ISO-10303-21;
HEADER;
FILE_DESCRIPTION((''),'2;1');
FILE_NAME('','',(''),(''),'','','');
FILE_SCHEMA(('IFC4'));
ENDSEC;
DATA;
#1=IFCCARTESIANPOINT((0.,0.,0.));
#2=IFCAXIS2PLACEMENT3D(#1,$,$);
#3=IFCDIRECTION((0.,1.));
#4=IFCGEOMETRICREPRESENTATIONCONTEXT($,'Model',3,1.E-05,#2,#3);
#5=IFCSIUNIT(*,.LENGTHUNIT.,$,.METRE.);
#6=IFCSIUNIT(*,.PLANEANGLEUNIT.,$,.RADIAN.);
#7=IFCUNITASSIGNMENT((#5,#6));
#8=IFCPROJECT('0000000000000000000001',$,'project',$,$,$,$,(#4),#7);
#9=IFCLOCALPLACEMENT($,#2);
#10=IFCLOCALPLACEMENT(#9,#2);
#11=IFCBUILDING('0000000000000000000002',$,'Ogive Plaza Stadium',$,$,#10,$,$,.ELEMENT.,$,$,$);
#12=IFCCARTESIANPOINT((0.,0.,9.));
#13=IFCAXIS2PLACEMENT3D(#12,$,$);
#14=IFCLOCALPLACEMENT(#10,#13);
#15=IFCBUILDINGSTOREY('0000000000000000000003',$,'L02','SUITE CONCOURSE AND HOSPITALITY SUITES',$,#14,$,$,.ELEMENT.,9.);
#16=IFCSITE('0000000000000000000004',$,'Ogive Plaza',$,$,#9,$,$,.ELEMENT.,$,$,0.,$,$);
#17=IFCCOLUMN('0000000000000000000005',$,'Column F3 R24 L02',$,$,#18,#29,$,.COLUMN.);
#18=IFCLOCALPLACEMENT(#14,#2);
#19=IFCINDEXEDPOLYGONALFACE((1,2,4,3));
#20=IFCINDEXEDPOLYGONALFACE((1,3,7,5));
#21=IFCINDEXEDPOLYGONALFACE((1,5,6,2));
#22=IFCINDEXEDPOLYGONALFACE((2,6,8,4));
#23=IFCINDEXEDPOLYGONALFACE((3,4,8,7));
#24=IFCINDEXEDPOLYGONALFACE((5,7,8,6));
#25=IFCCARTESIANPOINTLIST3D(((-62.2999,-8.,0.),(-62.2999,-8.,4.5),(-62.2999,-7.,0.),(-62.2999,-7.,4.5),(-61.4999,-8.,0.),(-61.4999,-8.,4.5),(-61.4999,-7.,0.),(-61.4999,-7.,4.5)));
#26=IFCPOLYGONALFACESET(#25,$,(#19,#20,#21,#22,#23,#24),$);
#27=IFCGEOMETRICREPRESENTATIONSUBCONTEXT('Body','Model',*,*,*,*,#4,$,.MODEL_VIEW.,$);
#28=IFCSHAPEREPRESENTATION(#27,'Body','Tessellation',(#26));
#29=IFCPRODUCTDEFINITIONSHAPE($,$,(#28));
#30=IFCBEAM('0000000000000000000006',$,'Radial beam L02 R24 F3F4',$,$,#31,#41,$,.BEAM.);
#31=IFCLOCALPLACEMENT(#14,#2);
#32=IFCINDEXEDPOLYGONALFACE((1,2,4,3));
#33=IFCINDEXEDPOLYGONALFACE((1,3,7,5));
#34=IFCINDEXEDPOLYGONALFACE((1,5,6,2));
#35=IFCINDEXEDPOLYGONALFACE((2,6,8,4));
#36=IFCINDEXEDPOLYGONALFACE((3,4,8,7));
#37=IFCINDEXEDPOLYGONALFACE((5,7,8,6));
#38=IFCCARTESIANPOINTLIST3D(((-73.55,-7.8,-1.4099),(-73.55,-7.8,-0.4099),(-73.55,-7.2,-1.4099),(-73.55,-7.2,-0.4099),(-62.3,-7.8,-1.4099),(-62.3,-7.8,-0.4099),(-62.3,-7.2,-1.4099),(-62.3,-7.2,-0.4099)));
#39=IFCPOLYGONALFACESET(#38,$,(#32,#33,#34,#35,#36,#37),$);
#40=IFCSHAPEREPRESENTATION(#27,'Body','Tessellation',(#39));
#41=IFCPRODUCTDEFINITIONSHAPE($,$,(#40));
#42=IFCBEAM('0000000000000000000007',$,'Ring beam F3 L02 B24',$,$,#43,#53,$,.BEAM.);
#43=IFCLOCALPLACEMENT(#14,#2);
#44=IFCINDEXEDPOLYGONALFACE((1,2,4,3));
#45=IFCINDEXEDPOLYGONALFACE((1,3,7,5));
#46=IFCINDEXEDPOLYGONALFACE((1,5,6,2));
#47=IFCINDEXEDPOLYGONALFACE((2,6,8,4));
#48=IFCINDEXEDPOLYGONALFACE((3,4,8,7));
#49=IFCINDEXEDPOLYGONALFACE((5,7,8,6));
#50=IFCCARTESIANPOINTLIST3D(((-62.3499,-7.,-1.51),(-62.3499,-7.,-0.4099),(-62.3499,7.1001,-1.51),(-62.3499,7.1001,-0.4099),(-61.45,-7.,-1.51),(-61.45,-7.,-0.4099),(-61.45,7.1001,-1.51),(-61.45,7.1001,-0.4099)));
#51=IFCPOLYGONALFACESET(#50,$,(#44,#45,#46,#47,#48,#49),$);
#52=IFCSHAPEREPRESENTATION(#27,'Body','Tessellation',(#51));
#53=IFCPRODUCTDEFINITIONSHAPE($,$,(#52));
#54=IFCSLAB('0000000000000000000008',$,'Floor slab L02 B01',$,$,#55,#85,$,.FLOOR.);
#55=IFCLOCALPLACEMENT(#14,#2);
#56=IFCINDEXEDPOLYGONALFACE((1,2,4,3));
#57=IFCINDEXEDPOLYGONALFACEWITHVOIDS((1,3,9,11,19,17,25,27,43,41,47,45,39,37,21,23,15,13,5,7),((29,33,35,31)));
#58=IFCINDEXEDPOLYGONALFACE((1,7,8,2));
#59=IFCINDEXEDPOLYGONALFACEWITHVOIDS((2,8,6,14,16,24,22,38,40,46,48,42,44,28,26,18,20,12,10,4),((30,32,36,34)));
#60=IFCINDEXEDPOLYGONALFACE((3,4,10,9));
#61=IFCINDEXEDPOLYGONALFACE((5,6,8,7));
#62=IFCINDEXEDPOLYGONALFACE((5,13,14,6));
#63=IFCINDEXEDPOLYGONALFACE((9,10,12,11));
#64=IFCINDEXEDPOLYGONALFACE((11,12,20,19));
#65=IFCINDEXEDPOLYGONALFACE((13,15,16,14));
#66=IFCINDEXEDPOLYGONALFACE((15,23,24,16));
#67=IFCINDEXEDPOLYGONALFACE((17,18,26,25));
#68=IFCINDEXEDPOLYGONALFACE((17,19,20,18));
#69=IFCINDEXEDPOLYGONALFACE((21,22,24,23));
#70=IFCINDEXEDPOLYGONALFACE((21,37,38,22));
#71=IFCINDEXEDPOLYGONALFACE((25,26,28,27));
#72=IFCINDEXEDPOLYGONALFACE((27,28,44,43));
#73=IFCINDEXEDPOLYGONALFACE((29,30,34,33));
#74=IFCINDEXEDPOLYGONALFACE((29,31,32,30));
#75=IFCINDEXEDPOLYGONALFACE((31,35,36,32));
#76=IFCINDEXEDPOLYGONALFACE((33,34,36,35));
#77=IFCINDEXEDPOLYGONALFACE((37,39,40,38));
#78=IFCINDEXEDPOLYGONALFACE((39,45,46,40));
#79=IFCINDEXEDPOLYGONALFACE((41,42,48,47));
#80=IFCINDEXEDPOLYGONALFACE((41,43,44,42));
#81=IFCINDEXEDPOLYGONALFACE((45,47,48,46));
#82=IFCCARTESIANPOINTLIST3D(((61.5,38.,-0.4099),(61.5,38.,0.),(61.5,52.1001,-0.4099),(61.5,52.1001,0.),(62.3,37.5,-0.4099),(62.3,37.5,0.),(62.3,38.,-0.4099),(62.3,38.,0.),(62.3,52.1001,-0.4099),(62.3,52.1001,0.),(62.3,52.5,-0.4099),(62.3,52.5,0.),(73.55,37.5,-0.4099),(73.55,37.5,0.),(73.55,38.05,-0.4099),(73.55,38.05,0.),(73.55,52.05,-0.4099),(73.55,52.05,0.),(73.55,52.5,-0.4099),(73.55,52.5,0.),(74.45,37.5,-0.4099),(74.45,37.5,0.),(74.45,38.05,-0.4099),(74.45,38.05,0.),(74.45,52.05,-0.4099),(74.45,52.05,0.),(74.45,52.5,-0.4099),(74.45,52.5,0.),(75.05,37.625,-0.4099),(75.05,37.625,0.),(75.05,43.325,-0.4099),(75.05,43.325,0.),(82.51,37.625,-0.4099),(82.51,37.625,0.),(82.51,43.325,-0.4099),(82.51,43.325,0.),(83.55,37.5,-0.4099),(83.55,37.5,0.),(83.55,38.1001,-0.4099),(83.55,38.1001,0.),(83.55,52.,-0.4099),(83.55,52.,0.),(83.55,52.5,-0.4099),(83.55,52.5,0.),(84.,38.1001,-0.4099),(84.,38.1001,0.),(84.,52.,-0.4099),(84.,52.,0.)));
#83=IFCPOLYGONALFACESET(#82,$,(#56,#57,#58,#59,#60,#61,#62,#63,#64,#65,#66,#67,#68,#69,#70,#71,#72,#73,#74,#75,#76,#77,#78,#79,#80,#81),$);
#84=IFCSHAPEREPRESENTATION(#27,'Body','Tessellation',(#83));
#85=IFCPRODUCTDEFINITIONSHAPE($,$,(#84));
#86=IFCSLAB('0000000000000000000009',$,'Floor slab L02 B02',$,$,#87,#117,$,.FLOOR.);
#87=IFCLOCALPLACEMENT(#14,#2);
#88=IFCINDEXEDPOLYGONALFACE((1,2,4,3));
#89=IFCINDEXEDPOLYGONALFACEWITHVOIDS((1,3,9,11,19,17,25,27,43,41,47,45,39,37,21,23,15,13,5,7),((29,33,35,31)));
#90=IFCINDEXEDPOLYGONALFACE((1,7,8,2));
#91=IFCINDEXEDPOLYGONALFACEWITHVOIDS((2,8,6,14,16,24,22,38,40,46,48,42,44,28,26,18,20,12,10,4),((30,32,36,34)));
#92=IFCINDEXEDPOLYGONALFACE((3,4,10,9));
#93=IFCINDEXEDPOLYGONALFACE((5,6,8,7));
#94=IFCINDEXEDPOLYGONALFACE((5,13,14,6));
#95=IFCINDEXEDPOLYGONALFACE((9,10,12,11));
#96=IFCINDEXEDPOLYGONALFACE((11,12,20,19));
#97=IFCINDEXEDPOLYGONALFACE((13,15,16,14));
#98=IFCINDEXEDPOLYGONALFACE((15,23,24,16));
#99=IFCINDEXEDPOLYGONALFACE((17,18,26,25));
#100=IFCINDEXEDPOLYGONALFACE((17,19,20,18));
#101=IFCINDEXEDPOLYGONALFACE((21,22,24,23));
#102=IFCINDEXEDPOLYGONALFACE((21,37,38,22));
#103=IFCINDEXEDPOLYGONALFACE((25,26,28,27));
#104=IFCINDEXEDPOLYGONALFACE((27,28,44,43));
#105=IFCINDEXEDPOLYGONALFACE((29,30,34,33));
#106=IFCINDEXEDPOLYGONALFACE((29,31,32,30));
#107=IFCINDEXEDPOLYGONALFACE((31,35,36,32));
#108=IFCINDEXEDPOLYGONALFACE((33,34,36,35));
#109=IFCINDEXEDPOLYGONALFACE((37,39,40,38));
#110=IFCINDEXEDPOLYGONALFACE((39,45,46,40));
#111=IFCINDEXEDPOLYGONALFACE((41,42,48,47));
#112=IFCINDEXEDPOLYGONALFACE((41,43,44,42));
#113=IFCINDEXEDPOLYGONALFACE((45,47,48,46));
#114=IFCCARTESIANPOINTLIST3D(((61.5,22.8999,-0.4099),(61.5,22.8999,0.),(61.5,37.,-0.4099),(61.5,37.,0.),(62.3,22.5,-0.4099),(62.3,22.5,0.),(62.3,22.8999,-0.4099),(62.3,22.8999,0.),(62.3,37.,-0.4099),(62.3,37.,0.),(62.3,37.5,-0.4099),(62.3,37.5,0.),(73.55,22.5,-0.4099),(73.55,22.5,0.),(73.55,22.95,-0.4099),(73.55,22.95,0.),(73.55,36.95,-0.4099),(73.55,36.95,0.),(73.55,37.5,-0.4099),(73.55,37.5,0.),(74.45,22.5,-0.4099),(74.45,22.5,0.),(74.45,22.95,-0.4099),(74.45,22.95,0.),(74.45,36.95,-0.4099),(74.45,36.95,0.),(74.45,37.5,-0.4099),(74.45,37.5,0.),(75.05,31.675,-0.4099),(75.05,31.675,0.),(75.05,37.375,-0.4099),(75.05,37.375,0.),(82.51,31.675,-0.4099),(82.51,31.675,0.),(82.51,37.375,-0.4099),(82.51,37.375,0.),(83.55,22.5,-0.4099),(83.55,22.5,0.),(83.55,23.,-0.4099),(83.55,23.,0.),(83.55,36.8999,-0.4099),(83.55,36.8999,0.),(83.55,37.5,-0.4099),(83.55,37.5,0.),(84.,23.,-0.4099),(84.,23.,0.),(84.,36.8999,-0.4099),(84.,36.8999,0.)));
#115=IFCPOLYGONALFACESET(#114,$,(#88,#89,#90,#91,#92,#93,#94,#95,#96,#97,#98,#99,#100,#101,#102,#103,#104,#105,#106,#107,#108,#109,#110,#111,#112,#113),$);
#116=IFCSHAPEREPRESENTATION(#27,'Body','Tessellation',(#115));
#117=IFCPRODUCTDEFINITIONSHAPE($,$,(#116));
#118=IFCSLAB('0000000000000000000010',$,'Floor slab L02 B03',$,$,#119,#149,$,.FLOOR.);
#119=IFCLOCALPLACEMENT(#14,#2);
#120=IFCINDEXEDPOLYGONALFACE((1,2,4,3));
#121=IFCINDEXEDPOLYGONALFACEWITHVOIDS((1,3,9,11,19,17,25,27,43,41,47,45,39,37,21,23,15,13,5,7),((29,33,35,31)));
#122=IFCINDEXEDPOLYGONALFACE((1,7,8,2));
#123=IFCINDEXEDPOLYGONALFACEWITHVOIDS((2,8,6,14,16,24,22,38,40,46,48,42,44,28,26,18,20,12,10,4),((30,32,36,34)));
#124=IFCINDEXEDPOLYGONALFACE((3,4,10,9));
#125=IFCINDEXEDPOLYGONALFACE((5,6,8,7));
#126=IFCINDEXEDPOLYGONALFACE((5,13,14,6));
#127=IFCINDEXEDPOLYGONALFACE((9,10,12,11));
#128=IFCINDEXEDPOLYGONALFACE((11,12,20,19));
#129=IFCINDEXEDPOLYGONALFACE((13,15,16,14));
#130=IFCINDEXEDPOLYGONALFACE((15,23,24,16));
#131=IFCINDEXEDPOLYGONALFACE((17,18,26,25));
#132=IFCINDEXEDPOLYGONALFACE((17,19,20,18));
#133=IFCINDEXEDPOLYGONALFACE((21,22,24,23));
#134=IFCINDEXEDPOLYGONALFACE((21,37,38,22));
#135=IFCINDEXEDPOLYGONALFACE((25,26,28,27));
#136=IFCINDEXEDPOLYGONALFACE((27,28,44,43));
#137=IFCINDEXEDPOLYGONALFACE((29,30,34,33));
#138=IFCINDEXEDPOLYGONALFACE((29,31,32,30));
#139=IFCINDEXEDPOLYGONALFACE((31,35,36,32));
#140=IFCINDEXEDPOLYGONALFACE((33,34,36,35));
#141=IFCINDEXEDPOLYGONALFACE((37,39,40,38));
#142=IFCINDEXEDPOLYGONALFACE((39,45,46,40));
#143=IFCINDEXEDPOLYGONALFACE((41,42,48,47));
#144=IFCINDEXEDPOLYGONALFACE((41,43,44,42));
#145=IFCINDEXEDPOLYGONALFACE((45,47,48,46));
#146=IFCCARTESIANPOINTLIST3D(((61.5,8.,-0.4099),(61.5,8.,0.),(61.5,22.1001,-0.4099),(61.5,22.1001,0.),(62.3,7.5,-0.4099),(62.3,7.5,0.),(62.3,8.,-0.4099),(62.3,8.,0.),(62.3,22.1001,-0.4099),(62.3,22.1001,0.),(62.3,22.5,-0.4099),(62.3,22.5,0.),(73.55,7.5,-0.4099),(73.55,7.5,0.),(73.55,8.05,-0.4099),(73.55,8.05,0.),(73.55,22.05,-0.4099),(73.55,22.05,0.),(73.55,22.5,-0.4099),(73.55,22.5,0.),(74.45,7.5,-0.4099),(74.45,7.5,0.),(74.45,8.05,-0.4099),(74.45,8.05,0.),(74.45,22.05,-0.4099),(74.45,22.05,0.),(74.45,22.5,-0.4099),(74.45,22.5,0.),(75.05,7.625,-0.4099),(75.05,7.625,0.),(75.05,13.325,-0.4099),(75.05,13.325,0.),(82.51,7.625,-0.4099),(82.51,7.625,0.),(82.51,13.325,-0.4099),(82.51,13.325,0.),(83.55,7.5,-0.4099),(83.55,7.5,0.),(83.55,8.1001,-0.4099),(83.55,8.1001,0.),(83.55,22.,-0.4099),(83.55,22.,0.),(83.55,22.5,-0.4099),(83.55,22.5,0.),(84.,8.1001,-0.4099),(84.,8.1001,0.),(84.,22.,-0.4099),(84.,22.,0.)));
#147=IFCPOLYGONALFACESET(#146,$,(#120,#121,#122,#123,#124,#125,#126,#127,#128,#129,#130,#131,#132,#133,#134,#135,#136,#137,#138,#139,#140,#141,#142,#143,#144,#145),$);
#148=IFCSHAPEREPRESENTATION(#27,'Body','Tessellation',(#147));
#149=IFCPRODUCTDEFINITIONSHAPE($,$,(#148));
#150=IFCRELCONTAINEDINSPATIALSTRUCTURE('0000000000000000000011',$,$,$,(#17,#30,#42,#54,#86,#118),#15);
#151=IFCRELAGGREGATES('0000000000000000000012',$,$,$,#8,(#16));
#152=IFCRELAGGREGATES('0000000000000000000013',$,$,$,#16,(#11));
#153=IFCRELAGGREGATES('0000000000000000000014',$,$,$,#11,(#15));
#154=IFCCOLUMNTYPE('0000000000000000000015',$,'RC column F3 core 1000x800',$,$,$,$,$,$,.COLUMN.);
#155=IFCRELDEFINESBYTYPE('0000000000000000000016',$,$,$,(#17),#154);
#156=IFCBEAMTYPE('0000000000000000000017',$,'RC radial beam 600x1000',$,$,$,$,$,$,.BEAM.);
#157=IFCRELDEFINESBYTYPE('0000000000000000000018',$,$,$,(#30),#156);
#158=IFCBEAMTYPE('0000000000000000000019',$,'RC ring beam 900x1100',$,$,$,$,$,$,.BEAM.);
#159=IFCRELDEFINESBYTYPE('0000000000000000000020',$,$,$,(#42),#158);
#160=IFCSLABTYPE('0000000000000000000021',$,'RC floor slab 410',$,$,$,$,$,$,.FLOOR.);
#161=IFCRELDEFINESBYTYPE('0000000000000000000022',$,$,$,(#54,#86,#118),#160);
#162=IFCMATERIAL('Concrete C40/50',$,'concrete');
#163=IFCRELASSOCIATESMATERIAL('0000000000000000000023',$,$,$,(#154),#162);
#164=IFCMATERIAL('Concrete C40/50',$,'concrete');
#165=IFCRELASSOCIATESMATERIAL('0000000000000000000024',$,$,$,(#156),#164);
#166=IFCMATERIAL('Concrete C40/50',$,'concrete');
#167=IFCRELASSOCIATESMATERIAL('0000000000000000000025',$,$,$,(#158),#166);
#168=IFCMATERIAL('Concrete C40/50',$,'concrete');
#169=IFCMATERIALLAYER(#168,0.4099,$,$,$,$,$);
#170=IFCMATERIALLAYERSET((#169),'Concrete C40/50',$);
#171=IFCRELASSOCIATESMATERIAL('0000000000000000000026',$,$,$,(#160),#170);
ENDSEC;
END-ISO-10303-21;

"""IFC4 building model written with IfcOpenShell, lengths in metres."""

from ifc_helpers import new_model, si_unit, direction, frame, origin, origin_2d, place, context, subcontext, project, spatial, polyline, rectangle, outline, extrude, material, layer, layer_set, material_profile, profile_set, type_object, element, save


model = new_model("IFC4")

# Units and contexts
model_context = context("Model", 3, precision=1e-05, world=origin(), true_north=direction((0.0, 1.0)))
body_context = subcontext(model_context, "Body", "Model", "MODEL_VIEW")
ifc_project = project(units=[si_unit("LENGTHUNIT", "METRE"), si_unit("PLANEANGLEUNIT", "RADIAN")], contexts=[model_context])

# Site, building, storey
site_placement = place(None, origin())
site = spatial("IfcSite", under=ifc_project, at=site_placement, Name="Ogive Plaza", CompositionType="ELEMENT", RefElevation=0.0)
building_placement = place(site_placement, origin())
building = spatial("IfcBuilding", under=site, at=building_placement, Name="Ogive Plaza Stadium", CompositionType="ELEMENT")
storey_placement = place(building_placement, frame((0.0, 0.0, 9.0)))
storey = spatial("IfcBuildingStorey", under=building, at=storey_placement, Name="L02", Description="SUITE CONCOURSE AND HOSPITALITY SUITES", CompositionType="ELEMENT", Elevation=9.0)

# Column
ifc_material_1 = material(Name="Concrete C40/50", Category="concrete")
ifc_material_profile_1 = material_profile(ifc_material_1, rectangle(XDim=1.0, YDim=0.8, at=origin_2d()), Name="RC 1000x800")
ifc_profile_set_1 = profile_set([ifc_material_profile_1], Name="Concrete C40/50")
column_type = type_object("IfcColumnType", Name="RC column F3 core 1000x800", PredefinedType="COLUMN", material=ifc_profile_set_1)
column_placement = place(storey_placement, frame((-61.8999, -7.5, 0.0), z_axis=(0.0, 0.0, 1.0), x_axis=(0.0, -1.0, 0.0)))
element("IfcColumn", 1, at=column_placement, inside=storey, type_object=column_type, Name="Column F3 R24 L02", PredefinedType="COLUMN", context=body_context, shape_type="SweptSolid", body=[
    extrude(rectangle(XDim=1.0, YDim=0.8, at=origin_2d()), origin(), (0.0, 0.0, 1.0), 4.5),
])

# Beams
ifc_material_2 = material(Name="Concrete C40/50", Category="concrete")
ifc_material_profile_2 = material_profile(ifc_material_2, rectangle(XDim=0.6001, YDim=1.0, at=origin_2d()), Name="RC 600x1000")
ifc_profile_set_2 = profile_set([ifc_material_profile_2], Name="Concrete C40/50")
beam_type_1 = type_object("IfcBeamType", Name="RC radial beam 600x1000", PredefinedType="BEAM", material=ifc_profile_set_2)
beam_1_placement = place(storey_placement, frame((-62.3, -7.5, -0.9099), z_axis=(-1.0, 0.0, 0.0), x_axis=(0.0, -1.0, 0.0)))
element("IfcBeam", 2, at=beam_1_placement, inside=storey, type_object=beam_type_1, Name="Radial beam L02 R24 F3F4", PredefinedType="BEAM", context=body_context, shape_type="SweptSolid", body=[
    extrude(rectangle(XDim=0.6001, YDim=1.0, at=origin_2d()), origin(), (0.0, 0.0, 1.0), 11.25),
])
ifc_material_3 = material(Name="Concrete C40/50", Category="concrete")
ifc_material_profile_3 = material_profile(ifc_material_3, rectangle(XDim=0.8999, YDim=1.1001, at=origin_2d()), Name="RC 900x1100")
ifc_profile_set_3 = profile_set([ifc_material_profile_3], Name="Concrete C40/50")
beam_type_2 = type_object("IfcBeamType", Name="RC ring beam 900x1100", PredefinedType="BEAM", material=ifc_profile_set_3)
beam_2_placement = place(storey_placement, frame((-61.8999, -7.0, -0.96), z_axis=(0.0, 1.0, 0.0), x_axis=(-1.0, 0.0, 0.0)))
element("IfcBeam", 3, at=beam_2_placement, inside=storey, type_object=beam_type_2, Name="Ring beam F3 L02 B24", PredefinedType="BEAM", context=body_context, shape_type="SweptSolid", body=[
    extrude(rectangle(XDim=0.8999, YDim=1.1001, at=origin_2d()), origin(), (0.0, 0.0, 1.0), 14.1001),
])

# Slabs
ifc_material_4 = material(Name="Concrete C40/50", Category="concrete")
ifc_layer_1 = layer(ifc_material_4, 0.4099)
ifc_layer_set_1 = layer_set([ifc_layer_1], Name="Concrete C40/50")
slab_type = type_object("IfcSlabType", Name="RC floor slab 410", PredefinedType="FLOOR", material=ifc_layer_set_1)
slab_1_placement = place(storey_placement, frame((0.0, 0.0, -0.4099)))
element("IfcSlab", 4, at=slab_1_placement, inside=storey, type_object=slab_type, Name="Floor slab L02 B01", PredefinedType="FLOOR", context=body_context, shape_type="SweptSolid", body=[
    extrude(outline(polyline([(73.55, 37.5), (73.55, 38.05), (74.45, 38.05), (74.45, 37.5), (83.55, 37.5), (83.55, 38.1001), (84.0, 38.1001), (84.0, 52.0), (83.55, 52.0), (83.55, 52.5), (74.45, 52.5), (74.45, 52.05), (73.55, 52.05), (73.55, 52.5), (62.3, 52.5), (62.3, 52.1001), (61.5, 52.1001), (61.5, 38.0), (62.3, 38.0), (62.3, 37.5), (73.55, 37.5)]), holes=[polyline([(75.05, 43.325), (75.05, 37.625), (82.51, 37.625), (82.51, 43.325), (75.05, 43.325)])]), origin(), (0.0, 0.0, 1.0), 0.4099),
])
slab_2_placement = place(storey_placement, frame((0.0, 0.0, -0.4099)))
element("IfcSlab", 5, at=slab_2_placement, inside=storey, type_object=slab_type, Name="Floor slab L02 B02", PredefinedType="FLOOR", context=body_context, shape_type="SweptSolid", body=[
    extrude(outline(polyline([(73.55, 22.5), (73.55, 22.95), (74.45, 22.95), (74.45, 22.5), (83.55, 22.5), (83.55, 23.0), (84.0, 23.0), (84.0, 36.8999), (83.55, 36.8999), (83.55, 37.5), (74.45, 37.5), (74.45, 36.95), (73.55, 36.95), (73.55, 37.5), (62.3, 37.5), (62.3, 37.0), (61.5, 37.0), (61.5, 22.8999), (62.3, 22.8999), (62.3, 22.5), (73.55, 22.5)]), holes=[polyline([(75.05, 37.375), (75.05, 31.675), (82.51, 31.675), (82.51, 37.375), (75.05, 37.375)])]), origin(), (0.0, 0.0, 1.0), 0.4099),
])
slab_3_placement = place(storey_placement, frame((0.0, 0.0, -0.4099)))
element("IfcSlab", 6, at=slab_3_placement, inside=storey, type_object=slab_type, Name="Floor slab L02 B03", PredefinedType="FLOOR", context=body_context, shape_type="SweptSolid", body=[
    extrude(outline(polyline([(73.55, 7.5), (73.55, 8.05), (74.45, 8.05), (74.45, 7.5), (83.55, 7.5), (83.55, 8.1001), (84.0, 8.1001), (84.0, 22.0), (83.55, 22.0), (83.55, 22.5), (74.45, 22.5), (74.45, 22.05), (73.55, 22.05), (73.55, 22.5), (62.3, 22.5), (62.3, 22.1001), (61.5, 22.1001), (61.5, 8.0), (62.3, 8.0), (62.3, 7.5), (73.55, 7.5)]), holes=[polyline([(75.05, 13.325), (75.05, 7.625), (82.51, 7.625), (82.51, 13.325), (75.05, 13.325)])]), origin(), (0.0, 0.0, 1.0), 0.4099),
])

save(model, "model.ifc")
